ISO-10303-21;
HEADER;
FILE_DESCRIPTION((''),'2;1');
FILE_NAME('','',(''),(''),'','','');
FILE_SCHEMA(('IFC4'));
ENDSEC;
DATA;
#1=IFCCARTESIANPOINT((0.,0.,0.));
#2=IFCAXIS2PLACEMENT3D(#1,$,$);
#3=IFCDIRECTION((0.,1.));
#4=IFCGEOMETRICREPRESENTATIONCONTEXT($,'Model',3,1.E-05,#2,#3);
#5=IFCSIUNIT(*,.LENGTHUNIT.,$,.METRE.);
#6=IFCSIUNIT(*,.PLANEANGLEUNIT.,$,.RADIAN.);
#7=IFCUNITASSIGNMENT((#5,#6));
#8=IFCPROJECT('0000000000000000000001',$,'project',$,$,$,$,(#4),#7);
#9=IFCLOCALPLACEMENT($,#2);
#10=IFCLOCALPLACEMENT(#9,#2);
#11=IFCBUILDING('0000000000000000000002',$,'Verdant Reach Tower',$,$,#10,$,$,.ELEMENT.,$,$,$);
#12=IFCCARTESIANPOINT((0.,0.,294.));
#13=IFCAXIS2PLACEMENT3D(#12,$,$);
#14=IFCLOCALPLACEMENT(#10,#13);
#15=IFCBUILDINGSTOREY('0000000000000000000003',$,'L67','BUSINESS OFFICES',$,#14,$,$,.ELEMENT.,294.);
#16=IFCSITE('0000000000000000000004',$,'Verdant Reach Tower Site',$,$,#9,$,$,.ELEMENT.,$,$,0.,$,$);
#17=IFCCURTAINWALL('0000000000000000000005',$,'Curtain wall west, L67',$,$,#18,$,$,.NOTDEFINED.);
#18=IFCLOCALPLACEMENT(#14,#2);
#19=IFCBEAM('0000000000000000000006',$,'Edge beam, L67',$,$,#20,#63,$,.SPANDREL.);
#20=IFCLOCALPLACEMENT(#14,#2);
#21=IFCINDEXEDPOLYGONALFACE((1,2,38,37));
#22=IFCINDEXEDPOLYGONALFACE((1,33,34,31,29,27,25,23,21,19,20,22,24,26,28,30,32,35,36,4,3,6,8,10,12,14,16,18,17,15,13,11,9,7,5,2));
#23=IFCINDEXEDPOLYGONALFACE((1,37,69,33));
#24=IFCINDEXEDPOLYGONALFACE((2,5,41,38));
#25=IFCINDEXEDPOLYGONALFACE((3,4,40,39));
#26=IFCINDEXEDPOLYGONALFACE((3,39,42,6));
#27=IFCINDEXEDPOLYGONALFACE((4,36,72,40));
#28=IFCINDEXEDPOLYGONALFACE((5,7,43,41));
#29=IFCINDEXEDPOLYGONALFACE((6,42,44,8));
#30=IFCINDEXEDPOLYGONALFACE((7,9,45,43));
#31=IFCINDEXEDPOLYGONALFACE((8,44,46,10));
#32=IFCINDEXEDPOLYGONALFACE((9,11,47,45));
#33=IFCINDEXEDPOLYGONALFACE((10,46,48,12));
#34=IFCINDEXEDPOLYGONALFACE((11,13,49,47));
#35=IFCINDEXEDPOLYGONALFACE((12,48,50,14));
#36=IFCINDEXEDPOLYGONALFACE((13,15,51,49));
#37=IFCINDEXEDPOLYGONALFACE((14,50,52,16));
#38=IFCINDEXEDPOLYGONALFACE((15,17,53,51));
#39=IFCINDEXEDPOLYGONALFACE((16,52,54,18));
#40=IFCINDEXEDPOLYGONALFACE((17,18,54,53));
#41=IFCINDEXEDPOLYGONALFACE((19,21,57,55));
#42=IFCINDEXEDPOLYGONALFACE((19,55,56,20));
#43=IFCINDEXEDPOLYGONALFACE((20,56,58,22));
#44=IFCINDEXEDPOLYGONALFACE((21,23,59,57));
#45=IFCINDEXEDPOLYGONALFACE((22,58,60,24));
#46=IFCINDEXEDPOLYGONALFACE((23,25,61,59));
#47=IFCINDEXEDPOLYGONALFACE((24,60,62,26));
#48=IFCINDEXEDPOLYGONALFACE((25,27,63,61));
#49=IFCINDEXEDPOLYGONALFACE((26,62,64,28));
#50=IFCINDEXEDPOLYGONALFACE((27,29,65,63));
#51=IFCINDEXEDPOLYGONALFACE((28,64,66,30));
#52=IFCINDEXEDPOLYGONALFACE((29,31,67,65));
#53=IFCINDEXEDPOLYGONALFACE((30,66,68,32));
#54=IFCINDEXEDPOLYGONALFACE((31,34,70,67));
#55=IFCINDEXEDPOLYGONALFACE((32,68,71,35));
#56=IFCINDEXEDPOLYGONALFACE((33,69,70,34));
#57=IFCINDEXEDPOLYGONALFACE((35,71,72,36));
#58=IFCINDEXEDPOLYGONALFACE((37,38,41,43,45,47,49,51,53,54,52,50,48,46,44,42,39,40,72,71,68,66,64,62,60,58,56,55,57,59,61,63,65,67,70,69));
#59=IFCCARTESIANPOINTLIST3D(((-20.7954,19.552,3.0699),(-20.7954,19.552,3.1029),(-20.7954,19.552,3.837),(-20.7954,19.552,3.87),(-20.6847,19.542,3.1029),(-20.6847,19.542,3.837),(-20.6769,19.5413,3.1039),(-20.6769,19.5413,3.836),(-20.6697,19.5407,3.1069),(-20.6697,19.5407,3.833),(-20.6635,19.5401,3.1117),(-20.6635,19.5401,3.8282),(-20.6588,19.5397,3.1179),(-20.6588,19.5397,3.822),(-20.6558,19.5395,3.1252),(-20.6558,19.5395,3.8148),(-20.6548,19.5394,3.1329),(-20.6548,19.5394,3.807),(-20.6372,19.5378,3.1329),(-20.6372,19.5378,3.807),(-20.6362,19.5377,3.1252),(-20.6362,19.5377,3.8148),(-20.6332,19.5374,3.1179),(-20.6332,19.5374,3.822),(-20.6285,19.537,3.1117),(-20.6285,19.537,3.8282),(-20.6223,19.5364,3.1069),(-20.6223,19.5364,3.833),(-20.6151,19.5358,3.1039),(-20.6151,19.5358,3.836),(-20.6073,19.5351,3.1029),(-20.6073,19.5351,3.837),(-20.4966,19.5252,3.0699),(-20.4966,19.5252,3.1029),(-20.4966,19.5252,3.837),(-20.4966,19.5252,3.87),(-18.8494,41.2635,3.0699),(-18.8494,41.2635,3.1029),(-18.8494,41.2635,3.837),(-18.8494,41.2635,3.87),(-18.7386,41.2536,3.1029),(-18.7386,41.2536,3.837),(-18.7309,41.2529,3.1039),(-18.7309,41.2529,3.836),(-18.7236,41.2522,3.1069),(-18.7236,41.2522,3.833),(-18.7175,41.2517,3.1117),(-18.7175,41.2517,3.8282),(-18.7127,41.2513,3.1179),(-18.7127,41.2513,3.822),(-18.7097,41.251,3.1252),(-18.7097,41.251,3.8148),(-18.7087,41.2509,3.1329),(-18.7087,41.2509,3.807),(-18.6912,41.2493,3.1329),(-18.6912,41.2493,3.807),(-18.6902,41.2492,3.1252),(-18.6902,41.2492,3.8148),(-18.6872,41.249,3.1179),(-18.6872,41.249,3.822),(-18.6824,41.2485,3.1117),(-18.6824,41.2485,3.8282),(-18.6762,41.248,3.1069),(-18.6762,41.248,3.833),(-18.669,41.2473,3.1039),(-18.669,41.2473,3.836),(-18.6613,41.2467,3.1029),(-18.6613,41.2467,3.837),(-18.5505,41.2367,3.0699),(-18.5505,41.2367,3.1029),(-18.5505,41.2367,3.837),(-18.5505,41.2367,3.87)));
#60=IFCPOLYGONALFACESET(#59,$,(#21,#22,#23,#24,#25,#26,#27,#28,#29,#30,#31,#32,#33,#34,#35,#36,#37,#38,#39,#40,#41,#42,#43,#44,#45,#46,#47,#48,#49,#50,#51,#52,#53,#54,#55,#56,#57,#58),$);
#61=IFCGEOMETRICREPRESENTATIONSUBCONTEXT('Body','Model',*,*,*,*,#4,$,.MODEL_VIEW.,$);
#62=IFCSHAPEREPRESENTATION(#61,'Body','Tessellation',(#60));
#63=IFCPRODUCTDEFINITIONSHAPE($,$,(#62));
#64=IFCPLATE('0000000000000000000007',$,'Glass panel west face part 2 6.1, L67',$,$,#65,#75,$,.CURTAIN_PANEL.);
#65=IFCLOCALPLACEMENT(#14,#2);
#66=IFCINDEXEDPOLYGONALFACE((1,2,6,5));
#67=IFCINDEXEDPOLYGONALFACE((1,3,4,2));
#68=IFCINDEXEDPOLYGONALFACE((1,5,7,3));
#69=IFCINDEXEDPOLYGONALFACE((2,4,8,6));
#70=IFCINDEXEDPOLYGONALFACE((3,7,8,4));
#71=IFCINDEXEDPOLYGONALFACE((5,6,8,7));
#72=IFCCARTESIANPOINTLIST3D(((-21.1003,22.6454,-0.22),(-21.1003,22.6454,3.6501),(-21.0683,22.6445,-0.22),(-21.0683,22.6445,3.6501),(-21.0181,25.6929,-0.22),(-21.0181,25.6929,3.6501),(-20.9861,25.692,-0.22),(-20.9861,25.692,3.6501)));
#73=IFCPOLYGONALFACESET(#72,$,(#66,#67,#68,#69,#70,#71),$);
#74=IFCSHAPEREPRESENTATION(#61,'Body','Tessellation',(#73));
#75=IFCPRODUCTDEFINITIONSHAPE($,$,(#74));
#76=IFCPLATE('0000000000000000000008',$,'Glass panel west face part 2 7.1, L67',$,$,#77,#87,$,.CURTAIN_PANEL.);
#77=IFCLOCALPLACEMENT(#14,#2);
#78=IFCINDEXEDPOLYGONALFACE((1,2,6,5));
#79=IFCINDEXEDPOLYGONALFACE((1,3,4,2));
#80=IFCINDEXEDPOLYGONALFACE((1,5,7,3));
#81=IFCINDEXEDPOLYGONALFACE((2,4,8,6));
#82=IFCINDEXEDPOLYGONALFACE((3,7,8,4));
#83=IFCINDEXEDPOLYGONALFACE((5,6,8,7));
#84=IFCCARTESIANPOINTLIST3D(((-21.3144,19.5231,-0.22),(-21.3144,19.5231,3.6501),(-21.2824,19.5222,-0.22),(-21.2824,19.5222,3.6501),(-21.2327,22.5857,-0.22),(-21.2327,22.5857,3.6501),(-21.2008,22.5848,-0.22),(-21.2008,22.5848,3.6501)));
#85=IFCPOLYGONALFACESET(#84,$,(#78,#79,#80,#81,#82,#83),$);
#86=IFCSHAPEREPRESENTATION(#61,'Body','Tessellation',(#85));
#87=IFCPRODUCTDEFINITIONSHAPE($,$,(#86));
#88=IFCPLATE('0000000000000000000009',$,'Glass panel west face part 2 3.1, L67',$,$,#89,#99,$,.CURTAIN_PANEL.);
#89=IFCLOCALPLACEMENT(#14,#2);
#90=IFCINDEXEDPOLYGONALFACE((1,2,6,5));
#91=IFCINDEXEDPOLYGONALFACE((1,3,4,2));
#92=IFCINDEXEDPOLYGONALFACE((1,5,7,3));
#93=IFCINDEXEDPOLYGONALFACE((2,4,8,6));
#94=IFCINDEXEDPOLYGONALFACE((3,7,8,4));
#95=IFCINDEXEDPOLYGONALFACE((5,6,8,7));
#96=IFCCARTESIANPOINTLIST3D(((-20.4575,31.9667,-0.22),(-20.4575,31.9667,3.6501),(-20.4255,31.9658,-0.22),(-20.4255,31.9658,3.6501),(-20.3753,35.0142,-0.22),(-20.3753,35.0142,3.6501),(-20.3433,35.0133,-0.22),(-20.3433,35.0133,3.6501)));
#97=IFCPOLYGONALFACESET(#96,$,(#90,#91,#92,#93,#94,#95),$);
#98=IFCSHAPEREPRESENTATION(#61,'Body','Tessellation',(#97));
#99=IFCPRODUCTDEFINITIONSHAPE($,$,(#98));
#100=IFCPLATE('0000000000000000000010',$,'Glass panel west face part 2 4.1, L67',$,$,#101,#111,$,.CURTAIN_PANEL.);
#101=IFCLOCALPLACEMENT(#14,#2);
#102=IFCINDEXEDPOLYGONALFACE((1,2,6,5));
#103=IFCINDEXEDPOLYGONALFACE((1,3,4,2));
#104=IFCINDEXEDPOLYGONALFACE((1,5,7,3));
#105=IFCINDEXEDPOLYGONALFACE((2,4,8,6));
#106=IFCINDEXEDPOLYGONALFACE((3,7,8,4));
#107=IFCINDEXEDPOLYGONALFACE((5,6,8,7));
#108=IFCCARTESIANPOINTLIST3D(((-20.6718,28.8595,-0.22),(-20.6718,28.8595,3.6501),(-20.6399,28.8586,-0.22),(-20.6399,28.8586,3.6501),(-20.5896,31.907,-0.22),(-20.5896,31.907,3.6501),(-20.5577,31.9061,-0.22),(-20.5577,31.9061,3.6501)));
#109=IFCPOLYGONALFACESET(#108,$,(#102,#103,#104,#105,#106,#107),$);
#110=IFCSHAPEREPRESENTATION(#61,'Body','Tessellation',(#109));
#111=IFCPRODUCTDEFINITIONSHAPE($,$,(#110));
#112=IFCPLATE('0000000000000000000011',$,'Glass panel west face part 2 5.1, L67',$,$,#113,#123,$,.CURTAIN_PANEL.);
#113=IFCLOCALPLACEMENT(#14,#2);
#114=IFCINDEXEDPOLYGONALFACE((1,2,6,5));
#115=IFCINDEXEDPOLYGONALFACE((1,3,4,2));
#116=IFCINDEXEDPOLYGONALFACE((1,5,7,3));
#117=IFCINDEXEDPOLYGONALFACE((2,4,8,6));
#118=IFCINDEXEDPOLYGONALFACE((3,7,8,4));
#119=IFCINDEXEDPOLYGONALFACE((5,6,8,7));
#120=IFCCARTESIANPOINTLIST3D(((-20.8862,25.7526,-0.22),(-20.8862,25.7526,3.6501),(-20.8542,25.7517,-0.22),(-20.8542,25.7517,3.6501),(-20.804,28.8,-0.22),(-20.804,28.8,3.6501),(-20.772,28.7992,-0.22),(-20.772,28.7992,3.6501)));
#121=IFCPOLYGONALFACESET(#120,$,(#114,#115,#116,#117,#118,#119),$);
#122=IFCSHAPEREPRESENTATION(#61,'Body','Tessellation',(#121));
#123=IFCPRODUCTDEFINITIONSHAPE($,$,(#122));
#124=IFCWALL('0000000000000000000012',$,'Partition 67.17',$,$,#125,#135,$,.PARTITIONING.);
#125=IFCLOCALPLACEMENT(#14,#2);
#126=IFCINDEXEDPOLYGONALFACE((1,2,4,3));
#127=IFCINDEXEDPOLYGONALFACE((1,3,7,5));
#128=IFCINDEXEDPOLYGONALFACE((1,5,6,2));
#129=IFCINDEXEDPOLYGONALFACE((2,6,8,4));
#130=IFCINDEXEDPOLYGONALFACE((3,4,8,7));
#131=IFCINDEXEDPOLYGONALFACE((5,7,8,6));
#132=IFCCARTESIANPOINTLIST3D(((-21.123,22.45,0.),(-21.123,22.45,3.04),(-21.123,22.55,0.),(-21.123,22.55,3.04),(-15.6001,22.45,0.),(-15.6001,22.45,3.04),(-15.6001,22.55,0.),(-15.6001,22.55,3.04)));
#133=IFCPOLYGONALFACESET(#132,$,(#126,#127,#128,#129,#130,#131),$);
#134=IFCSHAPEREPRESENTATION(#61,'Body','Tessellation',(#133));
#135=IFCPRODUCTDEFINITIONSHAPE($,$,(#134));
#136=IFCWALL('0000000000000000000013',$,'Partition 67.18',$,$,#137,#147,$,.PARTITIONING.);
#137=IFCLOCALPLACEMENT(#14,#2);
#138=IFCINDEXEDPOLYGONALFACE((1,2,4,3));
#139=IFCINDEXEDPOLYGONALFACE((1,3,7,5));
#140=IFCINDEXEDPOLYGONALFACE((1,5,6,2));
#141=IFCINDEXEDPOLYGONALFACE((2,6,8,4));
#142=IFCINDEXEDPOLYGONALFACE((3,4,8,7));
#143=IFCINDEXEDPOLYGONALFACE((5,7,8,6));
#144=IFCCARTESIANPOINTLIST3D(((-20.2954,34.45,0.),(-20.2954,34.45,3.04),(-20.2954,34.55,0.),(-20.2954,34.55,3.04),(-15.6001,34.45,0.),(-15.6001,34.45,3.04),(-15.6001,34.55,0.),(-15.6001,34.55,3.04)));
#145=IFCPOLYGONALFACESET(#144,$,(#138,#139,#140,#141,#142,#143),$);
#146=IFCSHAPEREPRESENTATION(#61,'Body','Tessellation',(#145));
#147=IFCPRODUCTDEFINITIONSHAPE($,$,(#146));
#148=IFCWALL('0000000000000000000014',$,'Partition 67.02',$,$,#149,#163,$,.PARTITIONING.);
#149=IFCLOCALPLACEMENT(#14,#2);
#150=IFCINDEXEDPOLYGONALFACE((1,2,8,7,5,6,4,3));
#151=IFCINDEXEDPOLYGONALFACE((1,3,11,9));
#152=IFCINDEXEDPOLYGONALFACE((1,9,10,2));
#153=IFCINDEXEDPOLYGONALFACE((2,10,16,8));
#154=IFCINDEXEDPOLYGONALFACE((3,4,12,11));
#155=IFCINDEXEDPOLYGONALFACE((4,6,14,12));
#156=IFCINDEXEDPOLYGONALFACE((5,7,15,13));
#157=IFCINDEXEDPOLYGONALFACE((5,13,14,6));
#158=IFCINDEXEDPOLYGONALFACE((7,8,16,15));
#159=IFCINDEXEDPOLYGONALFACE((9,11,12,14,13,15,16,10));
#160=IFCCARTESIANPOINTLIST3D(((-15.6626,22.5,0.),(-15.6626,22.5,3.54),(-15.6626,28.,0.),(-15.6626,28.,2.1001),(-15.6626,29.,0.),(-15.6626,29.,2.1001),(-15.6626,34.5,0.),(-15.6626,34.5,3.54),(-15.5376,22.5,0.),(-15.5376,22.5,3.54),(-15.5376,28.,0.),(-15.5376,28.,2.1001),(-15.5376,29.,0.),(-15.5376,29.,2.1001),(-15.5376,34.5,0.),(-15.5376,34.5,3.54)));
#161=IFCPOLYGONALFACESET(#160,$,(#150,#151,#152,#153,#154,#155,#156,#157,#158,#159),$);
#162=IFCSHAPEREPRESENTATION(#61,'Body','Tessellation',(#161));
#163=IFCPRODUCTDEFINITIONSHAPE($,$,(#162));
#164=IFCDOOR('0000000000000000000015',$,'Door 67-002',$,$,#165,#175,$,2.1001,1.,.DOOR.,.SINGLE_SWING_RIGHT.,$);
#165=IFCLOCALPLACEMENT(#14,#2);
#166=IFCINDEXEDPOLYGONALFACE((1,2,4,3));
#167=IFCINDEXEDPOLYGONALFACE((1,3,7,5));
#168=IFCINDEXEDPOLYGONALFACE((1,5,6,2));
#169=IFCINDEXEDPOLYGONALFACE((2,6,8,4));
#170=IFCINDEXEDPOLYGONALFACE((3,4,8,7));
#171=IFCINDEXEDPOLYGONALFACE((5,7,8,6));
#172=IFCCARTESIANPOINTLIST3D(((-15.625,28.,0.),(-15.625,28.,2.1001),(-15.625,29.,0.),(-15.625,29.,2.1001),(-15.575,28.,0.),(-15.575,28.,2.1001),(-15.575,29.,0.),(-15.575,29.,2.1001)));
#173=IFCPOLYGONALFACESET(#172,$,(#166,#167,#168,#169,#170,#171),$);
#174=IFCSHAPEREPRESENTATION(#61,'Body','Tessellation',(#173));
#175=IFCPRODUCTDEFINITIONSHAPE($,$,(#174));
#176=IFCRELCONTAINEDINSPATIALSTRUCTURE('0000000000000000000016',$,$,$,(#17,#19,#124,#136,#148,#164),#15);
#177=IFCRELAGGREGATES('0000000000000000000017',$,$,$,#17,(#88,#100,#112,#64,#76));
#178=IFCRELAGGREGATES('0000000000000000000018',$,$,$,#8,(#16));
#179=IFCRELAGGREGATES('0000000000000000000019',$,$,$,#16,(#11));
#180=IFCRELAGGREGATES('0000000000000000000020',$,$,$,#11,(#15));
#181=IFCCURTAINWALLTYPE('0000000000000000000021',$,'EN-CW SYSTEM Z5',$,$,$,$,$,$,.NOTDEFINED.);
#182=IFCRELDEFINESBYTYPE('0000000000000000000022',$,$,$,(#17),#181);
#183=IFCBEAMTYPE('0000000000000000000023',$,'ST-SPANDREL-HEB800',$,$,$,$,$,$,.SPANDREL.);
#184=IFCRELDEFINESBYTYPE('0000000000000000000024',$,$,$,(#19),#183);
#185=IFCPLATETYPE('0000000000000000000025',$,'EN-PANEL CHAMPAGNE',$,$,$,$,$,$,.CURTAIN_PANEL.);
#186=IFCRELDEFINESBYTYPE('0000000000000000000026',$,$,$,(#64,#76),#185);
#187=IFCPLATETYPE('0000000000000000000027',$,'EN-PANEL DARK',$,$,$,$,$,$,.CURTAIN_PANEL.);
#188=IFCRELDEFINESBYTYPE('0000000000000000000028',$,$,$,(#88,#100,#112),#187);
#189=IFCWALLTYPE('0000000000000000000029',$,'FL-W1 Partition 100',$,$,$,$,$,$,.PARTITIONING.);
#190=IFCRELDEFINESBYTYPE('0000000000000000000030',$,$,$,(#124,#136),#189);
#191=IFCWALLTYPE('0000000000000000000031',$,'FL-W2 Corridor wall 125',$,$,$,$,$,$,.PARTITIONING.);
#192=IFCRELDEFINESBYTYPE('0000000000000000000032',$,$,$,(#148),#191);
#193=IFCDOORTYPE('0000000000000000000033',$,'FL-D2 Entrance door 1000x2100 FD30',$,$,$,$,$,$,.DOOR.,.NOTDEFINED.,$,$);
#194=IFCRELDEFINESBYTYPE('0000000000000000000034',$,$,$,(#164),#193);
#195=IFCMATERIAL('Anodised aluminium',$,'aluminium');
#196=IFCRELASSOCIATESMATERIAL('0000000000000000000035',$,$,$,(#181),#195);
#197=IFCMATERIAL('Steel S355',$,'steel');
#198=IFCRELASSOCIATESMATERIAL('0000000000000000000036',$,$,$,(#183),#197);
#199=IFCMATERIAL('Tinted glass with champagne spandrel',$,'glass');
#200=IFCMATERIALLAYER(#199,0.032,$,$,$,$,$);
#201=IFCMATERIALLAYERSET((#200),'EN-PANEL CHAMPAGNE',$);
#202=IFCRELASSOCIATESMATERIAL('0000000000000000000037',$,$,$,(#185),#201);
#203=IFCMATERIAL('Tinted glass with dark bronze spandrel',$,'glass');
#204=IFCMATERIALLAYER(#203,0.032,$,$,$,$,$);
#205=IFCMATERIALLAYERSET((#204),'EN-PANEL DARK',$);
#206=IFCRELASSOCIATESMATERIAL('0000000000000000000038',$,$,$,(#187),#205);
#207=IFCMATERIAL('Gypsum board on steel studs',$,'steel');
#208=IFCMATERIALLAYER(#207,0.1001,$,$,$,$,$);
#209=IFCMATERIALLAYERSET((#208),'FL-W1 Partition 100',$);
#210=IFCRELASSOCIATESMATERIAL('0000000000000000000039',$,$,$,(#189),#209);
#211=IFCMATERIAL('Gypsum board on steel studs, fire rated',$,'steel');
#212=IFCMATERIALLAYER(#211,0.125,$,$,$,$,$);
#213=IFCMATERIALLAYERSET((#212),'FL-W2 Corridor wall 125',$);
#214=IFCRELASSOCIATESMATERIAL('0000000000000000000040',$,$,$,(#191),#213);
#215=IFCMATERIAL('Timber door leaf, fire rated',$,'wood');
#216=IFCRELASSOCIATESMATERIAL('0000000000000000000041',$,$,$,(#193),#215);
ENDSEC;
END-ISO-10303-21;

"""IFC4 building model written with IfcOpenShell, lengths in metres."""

from ifc_helpers import new_model, si_unit, direction, frame, frame_2d, origin, origin_2d, place, context, subcontext, project, spatial, rectangle, i_section, extrude, material, layer, layer_set, material_profile, profile_set, type_object, element, fill, aggregate, save


model = new_model("IFC4")

# Units and contexts
model_context = context("Model", 3, precision=1e-05, world=origin(), true_north=direction((0.0, 1.0)))
body_context = subcontext(model_context, "Body", "Model", "MODEL_VIEW")
ifc_project = project(units=[si_unit("LENGTHUNIT", "METRE"), si_unit("PLANEANGLEUNIT", "RADIAN")], contexts=[model_context])

# Site, building, storey
site_placement = place(None, origin())
site = spatial("IfcSite", under=ifc_project, at=site_placement, Name="Verdant Reach Tower Site", CompositionType="ELEMENT", RefElevation=0.0)
building_placement = place(site_placement, origin())
building = spatial("IfcBuilding", under=site, at=building_placement, Name="Verdant Reach Tower", CompositionType="ELEMENT")
storey_placement = place(building_placement, frame((0.0, 0.0, 294.0)))
storey = spatial("IfcBuildingStorey", under=building, at=storey_placement, Name="L67", Description="BUSINESS OFFICES", CompositionType="ELEMENT", Elevation=294.0)

# Curtain wall
ifc_material_1 = material(Name="Anodised aluminium", Category="aluminium")
curtain_wall_type = type_object("IfcCurtainWallType", Name="EN-CW SYSTEM Z5", PredefinedType="NOTDEFINED", material=ifc_material_1)
curtain_wall_1_placement = place(storey_placement, origin())
curtain_wall_1 = element("IfcCurtainWall", 1, at=curtain_wall_1_placement, inside=storey, type_object=curtain_wall_type, Name="Curtain wall west, L67", PredefinedType="NOTDEFINED")

# Beam
ifc_material_2 = material(Name="Steel S355", Category="steel")
ifc_material_profile_1 = material_profile(ifc_material_2, i_section(OverallWidth=0.3, OverallDepth=0.8, WebThickness=0.0176, FlangeThickness=0.033, FilletRadius=0.03, at=origin_2d()), Name="HEB 800")
ifc_profile_set_1 = profile_set([ifc_material_profile_1], Name="Steel S355")
beam_type_1 = type_object("IfcBeamType", Name="ST-SPANDREL-HEB800", PredefinedType="SPANDREL", material=ifc_profile_set_1)
beam_1_placement = place(storey_placement, frame((-20.646, 19.5386, 3.47), z_axis=(0.089274, 0.996007, 0.0), x_axis=(-0.996007, 0.089274, 0.0)))
element("IfcBeam", 2, at=beam_1_placement, inside=storey, type_object=beam_type_1, Name="Edge beam, L67", PredefinedType="SPANDREL", context=body_context, shape_type="SweptSolid", body=[
    extrude(i_section(OverallWidth=0.3, OverallDepth=0.8, WebThickness=0.0176, FlangeThickness=0.033, FilletRadius=0.03, at=origin_2d()), origin(), (0.0, 0.0, 1.0), 21.7986),
])

# Plates
ifc_material_3 = material(Name="Tinted glass with champagne spandrel", Category="glass")
ifc_layer_1 = layer(ifc_material_3, 0.032)
ifc_layer_set_1 = layer_set([ifc_layer_1], Name="EN-PANEL CHAMPAGNE")
plate_type_1 = type_object("IfcPlateType", Name="EN-PANEL CHAMPAGNE", PredefinedType="CURTAIN_PANEL", material=ifc_layer_set_1)
plate_1_placement = place(storey_placement, frame((-21.0432, 24.1687, -0.22), z_axis=(0.0, 0.0, 1.0), x_axis=(-0.026965, -0.999636, 0.0)))
plate_1 = element("IfcPlate", 3, at=plate_1_placement, type_object=plate_type_1, Name="Glass panel west face part 2 6.1, L67", PredefinedType="CURTAIN_PANEL", context=body_context, shape_type="SweptSolid", body=[
    extrude(rectangle(XDim=3.0486, YDim=0.032, at=origin_2d()), origin(), (0.0, 0.0, 1.0), 3.8701),
])
plate_2_placement = place(storey_placement, frame((-21.2576, 21.054, -0.22), z_axis=(0.0, 0.0, 1.0), x_axis=(-0.026643, -0.999645, 0.0)))
plate_2 = element("IfcPlate", 4, at=plate_2_placement, type_object=plate_type_1, Name="Glass panel west face part 2 7.1, L67", PredefinedType="CURTAIN_PANEL", context=body_context, shape_type="SweptSolid", body=[
    extrude(rectangle(XDim=3.0637, YDim=0.032, at=origin_2d()), origin(), (0.0, 0.0, 1.0), 3.8701),
])
ifc_material_4 = material(Name="Tinted glass with dark bronze spandrel", Category="glass")
ifc_layer_2 = layer(ifc_material_4, 0.032)
ifc_layer_set_2 = layer_set([ifc_layer_2], Name="EN-PANEL DARK")
plate_type_2 = type_object("IfcPlateType", Name="EN-PANEL DARK", PredefinedType="CURTAIN_PANEL", material=ifc_layer_set_2)
plate_3_placement = place(storey_placement, frame((-20.4004, 33.49, -0.22), z_axis=(0.0, 0.0, 1.0), x_axis=(-0.026965, -0.999636, 0.0)))
plate_3 = element("IfcPlate", 5, at=plate_3_placement, type_object=plate_type_2, Name="Glass panel west face part 2 3.1, L67", PredefinedType="CURTAIN_PANEL", context=body_context, shape_type="SweptSolid", body=[
    extrude(rectangle(XDim=3.0486, YDim=0.032, at=origin_2d()), origin(), (0.0, 0.0, 1.0), 3.8701),
])
plate_4_placement = place(storey_placement, frame((-20.6147, 30.3828, -0.22), z_axis=(0.0, 0.0, 1.0), x_axis=(-0.026965, -0.999636, 0.0)))
plate_4 = element("IfcPlate", 6, at=plate_4_placement, type_object=plate_type_2, Name="Glass panel west face part 2 4.1, L67", PredefinedType="CURTAIN_PANEL", context=body_context, shape_type="SweptSolid", body=[
    extrude(rectangle(XDim=3.0486, YDim=0.032, at=origin_2d()), origin(), (0.0, 0.0, 1.0), 3.8701),
])
plate_5_placement = place(storey_placement, frame((-20.8291, 27.2759, -0.22), z_axis=(0.0, 0.0, 1.0), x_axis=(-0.026965, -0.999636, 0.0)))
plate_5 = element("IfcPlate", 7, at=plate_5_placement, type_object=plate_type_2, Name="Glass panel west face part 2 5.1, L67", PredefinedType="CURTAIN_PANEL", context=body_context, shape_type="SweptSolid", body=[
    extrude(rectangle(XDim=3.0486, YDim=0.032, at=origin_2d()), origin(), (0.0, 0.0, 1.0), 3.8701),
])
aggregate(curtain_wall_1, [plate_3, plate_4, plate_5, plate_1, plate_2])

# Walls
ifc_material_5 = material(Name="Gypsum board on steel studs", Category="steel")
ifc_layer_3 = layer(ifc_material_5, 0.1001)
ifc_layer_set_3 = layer_set([ifc_layer_3], Name="FL-W1 Partition 100")
wall_type_1 = type_object("IfcWallType", Name="FL-W1 Partition 100", PredefinedType="PARTITIONING", material=ifc_layer_set_3)
wall_1_placement = place(storey_placement, frame((-15.6001, 22.5, 0.0), z_axis=(0.0, 0.0, 1.0), x_axis=(-1.0, 0.0, 0.0)))
element("IfcWall", 8, at=wall_1_placement, inside=storey, type_object=wall_type_1, Name="Partition 67.17", PredefinedType="PARTITIONING", context=body_context, shape_type="SweptSolid", body=[
    extrude(rectangle(XDim=5.5229, YDim=0.1001, at=frame_2d((2.7615, 0.0))), origin(), (0.0, 0.0, 1.0), 3.04),
])
wall_2_placement = place(storey_placement, frame((-15.6001, 34.5, 0.0), z_axis=(0.0, 0.0, 1.0), x_axis=(-1.0, 0.0, 0.0)))
element("IfcWall", 9, at=wall_2_placement, inside=storey, type_object=wall_type_1, Name="Partition 67.18", PredefinedType="PARTITIONING", context=body_context, shape_type="SweptSolid", body=[
    extrude(rectangle(XDim=4.6953, YDim=0.1001, at=frame_2d((2.3477, 0.0))), origin(), (0.0, 0.0, 1.0), 3.04),
])

# Wall, opening, door
ifc_material_6 = material(Name="Gypsum board on steel studs, fire rated", Category="steel")
ifc_layer_4 = layer(ifc_material_6, 0.125)
ifc_layer_set_4 = layer_set([ifc_layer_4], Name="FL-W2 Corridor wall 125")
wall_type_2 = type_object("IfcWallType", Name="FL-W2 Corridor wall 125", PredefinedType="PARTITIONING", material=ifc_layer_set_4)
wall_3_placement = place(storey_placement, frame((-15.6001, 22.5, 0.0), z_axis=(0.0, 0.0, 1.0), x_axis=(0.0, 1.0, 0.0)))
wall_3 = element("IfcWall", 10, at=wall_3_placement, inside=storey, type_object=wall_type_2, Name="Partition 67.02", PredefinedType="PARTITIONING", context=body_context, shape_type="SweptSolid", body=[
    extrude(rectangle(XDim=12.0, YDim=0.125, at=frame_2d((6.0, 0.0))), origin(), (0.0, 0.0, 1.0), 3.54),
])
opening_1_placement = place(wall_3_placement, frame((5.5, 0.0, 0.0)))
opening_1 = element("IfcOpeningElement", 11, at=opening_1_placement, cuts=wall_3, PredefinedType="OPENING", context=body_context, shape_type="SweptSolid", body=[
    extrude(rectangle(XDim=1.0, YDim=2.1001, at=frame_2d((0.5, 1.05))), frame((0.0, 0.0725, 0.0), z_axis=(0.0, -1.0, 0.0), x_axis=(1.0, 0.0, 0.0)), (0.0, 0.0, 1.0), 0.145),
])
ifc_material_7 = material(Name="Timber door leaf, fire rated", Category="wood")
door_type = type_object("IfcDoorType", Name="FL-D2 Entrance door 1000x2100 FD30", OperationType="NOTDEFINED", PredefinedType="DOOR", material=ifc_material_7)
door_1_placement = place(opening_1_placement, origin())
door_1 = element("IfcDoor", 12, at=door_1_placement, inside=storey, type_object=door_type, Name="Door 67-002", OperationType="SINGLE_SWING_RIGHT", OverallHeight=2.1001, OverallWidth=1.0, PredefinedType="DOOR", context=body_context, shape_type="SweptSolid", body=[
    extrude(rectangle(XDim=1.0, YDim=2.1001, at=frame_2d((0.5, 1.05))), frame((0.0, 0.0249, 0.0), z_axis=(0.0, -1.0, 0.0), x_axis=(1.0, 0.0, 0.0)), (0.0, 0.0, 1.0), 0.05),
])
fill(opening_1, door_1)

save(model, "model.ifc")
